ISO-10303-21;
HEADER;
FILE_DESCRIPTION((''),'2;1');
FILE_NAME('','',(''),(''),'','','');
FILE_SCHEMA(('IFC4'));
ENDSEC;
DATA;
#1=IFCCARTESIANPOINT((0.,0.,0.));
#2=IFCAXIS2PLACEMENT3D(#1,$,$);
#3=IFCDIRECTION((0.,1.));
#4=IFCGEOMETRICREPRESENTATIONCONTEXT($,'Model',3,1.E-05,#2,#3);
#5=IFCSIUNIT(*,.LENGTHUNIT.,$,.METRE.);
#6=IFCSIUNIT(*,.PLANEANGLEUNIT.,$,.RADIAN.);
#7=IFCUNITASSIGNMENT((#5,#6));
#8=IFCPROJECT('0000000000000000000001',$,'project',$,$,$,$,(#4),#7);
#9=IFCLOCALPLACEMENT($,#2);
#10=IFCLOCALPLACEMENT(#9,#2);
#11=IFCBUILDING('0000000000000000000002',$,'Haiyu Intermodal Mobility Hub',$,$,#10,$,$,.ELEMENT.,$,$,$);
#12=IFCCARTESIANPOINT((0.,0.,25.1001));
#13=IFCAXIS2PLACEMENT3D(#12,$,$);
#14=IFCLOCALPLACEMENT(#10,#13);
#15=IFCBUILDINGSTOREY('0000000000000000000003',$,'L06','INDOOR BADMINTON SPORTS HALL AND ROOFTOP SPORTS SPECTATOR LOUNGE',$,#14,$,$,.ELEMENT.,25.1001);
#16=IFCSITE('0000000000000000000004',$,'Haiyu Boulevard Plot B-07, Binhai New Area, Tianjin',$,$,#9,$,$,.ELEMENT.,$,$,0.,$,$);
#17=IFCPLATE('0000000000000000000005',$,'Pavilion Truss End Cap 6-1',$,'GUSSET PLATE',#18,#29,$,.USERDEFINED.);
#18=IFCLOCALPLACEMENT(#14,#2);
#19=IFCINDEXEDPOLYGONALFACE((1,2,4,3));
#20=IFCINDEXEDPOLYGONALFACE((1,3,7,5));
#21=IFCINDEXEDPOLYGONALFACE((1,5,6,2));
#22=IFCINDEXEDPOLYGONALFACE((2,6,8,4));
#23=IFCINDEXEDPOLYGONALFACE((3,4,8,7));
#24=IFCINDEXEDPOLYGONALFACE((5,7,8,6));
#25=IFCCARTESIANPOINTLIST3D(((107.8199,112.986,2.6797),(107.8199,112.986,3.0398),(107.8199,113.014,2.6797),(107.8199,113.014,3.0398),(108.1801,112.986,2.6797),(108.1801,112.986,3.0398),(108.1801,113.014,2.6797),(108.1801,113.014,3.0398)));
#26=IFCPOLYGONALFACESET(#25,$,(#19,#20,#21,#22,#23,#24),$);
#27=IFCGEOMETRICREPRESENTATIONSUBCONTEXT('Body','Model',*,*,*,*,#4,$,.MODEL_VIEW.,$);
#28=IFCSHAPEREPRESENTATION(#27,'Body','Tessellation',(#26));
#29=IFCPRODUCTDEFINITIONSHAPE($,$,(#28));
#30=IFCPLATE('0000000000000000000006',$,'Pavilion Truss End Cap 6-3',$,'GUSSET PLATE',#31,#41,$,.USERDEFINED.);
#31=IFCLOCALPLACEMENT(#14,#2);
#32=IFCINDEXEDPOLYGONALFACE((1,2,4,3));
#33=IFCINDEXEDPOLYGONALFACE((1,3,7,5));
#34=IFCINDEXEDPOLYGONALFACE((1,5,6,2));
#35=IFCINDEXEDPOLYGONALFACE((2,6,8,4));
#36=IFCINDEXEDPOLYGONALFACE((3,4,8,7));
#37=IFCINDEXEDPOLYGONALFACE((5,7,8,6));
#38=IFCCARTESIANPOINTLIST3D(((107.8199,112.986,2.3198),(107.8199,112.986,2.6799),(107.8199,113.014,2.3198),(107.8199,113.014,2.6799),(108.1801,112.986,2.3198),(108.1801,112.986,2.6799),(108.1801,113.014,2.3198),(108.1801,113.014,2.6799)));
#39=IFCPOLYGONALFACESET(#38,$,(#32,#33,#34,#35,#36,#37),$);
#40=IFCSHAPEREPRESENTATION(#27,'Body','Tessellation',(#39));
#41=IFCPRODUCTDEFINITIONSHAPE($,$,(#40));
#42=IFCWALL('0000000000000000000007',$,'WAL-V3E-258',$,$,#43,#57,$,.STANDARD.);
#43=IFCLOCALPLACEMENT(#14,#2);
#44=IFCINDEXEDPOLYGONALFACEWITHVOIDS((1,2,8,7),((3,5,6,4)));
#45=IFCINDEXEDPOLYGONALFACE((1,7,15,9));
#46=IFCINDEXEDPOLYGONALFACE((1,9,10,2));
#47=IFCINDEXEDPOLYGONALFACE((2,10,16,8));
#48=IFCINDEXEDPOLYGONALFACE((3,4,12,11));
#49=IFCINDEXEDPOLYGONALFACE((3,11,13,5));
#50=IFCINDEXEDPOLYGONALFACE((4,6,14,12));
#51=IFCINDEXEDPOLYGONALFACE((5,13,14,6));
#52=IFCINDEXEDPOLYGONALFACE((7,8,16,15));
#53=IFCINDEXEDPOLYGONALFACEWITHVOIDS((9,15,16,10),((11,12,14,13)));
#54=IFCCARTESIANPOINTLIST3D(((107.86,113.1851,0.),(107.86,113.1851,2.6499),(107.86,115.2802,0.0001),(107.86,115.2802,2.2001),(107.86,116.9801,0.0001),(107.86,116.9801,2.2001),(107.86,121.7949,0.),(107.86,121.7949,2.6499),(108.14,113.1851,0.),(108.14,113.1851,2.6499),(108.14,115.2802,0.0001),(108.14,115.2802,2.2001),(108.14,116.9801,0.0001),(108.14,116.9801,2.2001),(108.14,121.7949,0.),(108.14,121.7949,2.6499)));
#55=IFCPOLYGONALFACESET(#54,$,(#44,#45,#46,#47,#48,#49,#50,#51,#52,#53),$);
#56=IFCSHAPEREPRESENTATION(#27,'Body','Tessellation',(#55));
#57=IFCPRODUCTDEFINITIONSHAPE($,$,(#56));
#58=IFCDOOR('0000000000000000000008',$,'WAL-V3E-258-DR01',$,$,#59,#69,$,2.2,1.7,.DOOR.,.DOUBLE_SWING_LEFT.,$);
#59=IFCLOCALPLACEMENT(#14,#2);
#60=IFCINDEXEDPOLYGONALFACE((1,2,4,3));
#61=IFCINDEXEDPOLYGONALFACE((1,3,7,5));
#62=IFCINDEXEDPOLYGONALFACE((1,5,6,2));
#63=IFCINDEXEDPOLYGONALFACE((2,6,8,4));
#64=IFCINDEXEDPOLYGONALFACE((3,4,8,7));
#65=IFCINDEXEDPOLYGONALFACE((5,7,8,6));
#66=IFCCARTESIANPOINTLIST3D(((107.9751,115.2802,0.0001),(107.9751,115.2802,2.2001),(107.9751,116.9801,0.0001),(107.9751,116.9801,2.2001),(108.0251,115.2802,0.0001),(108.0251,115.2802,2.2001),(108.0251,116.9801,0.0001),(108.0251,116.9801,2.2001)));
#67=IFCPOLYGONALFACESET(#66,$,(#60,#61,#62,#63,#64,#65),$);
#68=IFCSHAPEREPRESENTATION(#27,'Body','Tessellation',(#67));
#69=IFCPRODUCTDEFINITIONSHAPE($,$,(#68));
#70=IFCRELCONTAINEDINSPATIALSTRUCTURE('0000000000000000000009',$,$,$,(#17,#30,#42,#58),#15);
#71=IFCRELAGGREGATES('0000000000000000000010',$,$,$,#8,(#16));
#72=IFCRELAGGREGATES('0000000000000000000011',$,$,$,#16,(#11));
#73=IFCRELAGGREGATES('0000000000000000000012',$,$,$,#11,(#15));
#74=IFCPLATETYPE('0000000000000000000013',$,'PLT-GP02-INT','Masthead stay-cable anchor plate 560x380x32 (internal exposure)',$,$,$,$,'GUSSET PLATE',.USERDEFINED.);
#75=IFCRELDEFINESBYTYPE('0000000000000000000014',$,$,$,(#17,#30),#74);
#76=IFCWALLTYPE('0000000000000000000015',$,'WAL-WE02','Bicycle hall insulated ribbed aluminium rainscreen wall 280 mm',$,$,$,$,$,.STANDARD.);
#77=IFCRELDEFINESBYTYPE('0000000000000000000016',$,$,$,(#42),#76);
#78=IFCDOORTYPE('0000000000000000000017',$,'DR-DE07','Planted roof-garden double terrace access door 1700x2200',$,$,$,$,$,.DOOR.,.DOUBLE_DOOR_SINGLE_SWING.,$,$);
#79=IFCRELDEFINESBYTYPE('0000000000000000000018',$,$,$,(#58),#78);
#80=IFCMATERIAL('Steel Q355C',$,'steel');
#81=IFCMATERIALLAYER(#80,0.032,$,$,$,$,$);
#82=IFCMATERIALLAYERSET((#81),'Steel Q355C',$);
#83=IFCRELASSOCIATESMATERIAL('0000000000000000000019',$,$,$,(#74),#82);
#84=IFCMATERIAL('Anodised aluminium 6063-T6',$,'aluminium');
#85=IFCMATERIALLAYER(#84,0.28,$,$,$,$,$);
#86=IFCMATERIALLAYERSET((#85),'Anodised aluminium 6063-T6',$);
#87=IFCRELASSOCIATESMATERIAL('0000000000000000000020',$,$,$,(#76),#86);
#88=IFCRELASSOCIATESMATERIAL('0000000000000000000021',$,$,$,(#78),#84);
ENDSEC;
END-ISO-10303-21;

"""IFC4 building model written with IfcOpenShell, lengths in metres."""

from ifc_helpers import new_model, si_unit, direction, frame, frame_2d, origin, origin_2d, place, context, subcontext, project, spatial, rectangle, extrude, material, layer, layer_set, type_object, element, fill, save


model = new_model("IFC4")

# Units and contexts
model_context = context("Model", 3, precision=1e-05, world=origin(), true_north=direction((0.0, 1.0)))
body_context = subcontext(model_context, "Body", "Model", "MODEL_VIEW")
ifc_project = project(units=[si_unit("LENGTHUNIT", "METRE"), si_unit("PLANEANGLEUNIT", "RADIAN")], contexts=[model_context])

# Site, building, storey
site_placement = place(None, origin())
site = spatial("IfcSite", under=ifc_project, at=site_placement, Name="Haiyu Boulevard Plot B-07, Binhai New Area, Tianjin", CompositionType="ELEMENT", RefElevation=0.0)
building_placement = place(site_placement, origin())
building = spatial("IfcBuilding", under=site, at=building_placement, Name="Haiyu Intermodal Mobility Hub", CompositionType="ELEMENT")
storey_placement = place(building_placement, frame((0.0, 0.0, 25.1001)))
storey = spatial("IfcBuildingStorey", under=building, at=storey_placement, Name="L06", Description="INDOOR BADMINTON SPORTS HALL AND ROOFTOP SPORTS SPECTATOR LOUNGE", CompositionType="ELEMENT", Elevation=25.1001)

# Shared definitions
ifc_material_1 = material(Name="Steel Q355C", Category="steel")

# Shared definitions
ifc_material_2 = material(Name="Anodised aluminium 6063-T6", Category="aluminium")

# Plates
ifc_layer_1 = layer(ifc_material_1, 0.032)
ifc_layer_set_1 = layer_set([ifc_layer_1], Name="Steel Q355C")
plate_type_1 = type_object("IfcPlateType", Name="PLT-GP02-INT", Description="Masthead stay-cable anchor plate 560x380x32 (internal exposure)", ElementType="GUSSET PLATE", PredefinedType="USERDEFINED", material=ifc_layer_set_1)
for number, where, z_axis, x_axis, name in (
    (1, (108.0, 113.0, 2.6797), (0.0, 0.0, 1.0), (1.0, 0.0, 0.0), "Pavilion Truss End Cap 6-1"),
    (2, (108.0, 113.0, 2.3198), (0.0, 0.0, 1.0), (1.0, 0.0, 0.0), "Pavilion Truss End Cap 6-3"),
):
    element("IfcPlate", number, at=place(storey_placement, frame(where, z_axis=z_axis, x_axis=x_axis)), inside=storey, type_object=plate_type_1, Name=name, ObjectType="GUSSET PLATE", PredefinedType="USERDEFINED", context=body_context, shape_type="SweptSolid", body=[
        extrude(rectangle(XDim=0.3601, YDim=0.0281, at=origin_2d()), origin(), (0.0, 0.0, 1.0), 0.3601),
    ])

# Wall, opening, door
ifc_layer_2 = layer(ifc_material_2, 0.28)
ifc_layer_set_2 = layer_set([ifc_layer_2], Name="Anodised aluminium 6063-T6")
wall_type = type_object("IfcWallType", Name="WAL-WE02", Description="Bicycle hall insulated ribbed aluminium rainscreen wall 280 mm", PredefinedType="STANDARD", material=ifc_layer_set_2)
wall_placement = place(storey_placement, frame((108.0, 113.1851, 0.0), z_axis=(0.0, 0.0, 1.0), x_axis=(0.0, 1.0, 0.0)))
wall = element("IfcWall", 3, at=wall_placement, inside=storey, type_object=wall_type, Name="WAL-V3E-258", PredefinedType="STANDARD", context=body_context, shape_type="SweptSolid", body=[
    extrude(rectangle(XDim=8.6099, YDim=0.28, at=frame_2d((4.3049, 0.0))), origin(), (0.0, 0.0, 1.0), 2.6499),
])
opening_placement = place(wall_placement, frame((2.095, 0.0, 0.0)))
opening = element("IfcOpeningElement", 4, at=opening_placement, cuts=wall, PredefinedType="OPENING", context=body_context, shape_type="SweptSolid", body=[
    extrude(rectangle(XDim=1.7, YDim=2.2, at=frame_2d((0.8501, 1.1001))), frame((0.0, 0.1499, 0.0), z_axis=(0.0, -1.0, 0.0), x_axis=(1.0, 0.0, 0.0)), (0.0, 0.0, 1.0), 0.3),
])
door_type = type_object("IfcDoorType", Name="DR-DE07", Description="Planted roof-garden double terrace access door 1700x2200", OperationType="DOUBLE_DOOR_SINGLE_SWING", PredefinedType="DOOR", material=ifc_material_2)
door_placement = place(opening_placement, origin())
door = element("IfcDoor", 5, at=door_placement, inside=storey, type_object=door_type, Name="WAL-V3E-258-DR01", OperationType="DOUBLE_SWING_LEFT", OverallHeight=2.2, OverallWidth=1.7, PredefinedType="DOOR", context=body_context, shape_type="SweptSolid", body=[
    extrude(rectangle(XDim=1.7, YDim=2.2, at=frame_2d((0.8501, 1.1001))), frame((0.0, 0.0249, 0.0), z_axis=(0.0, -1.0, 0.0), x_axis=(1.0, 0.0, 0.0)), (0.0, 0.0, 1.0), 0.05),
])
fill(opening, door)

save(model, "model.ifc")
